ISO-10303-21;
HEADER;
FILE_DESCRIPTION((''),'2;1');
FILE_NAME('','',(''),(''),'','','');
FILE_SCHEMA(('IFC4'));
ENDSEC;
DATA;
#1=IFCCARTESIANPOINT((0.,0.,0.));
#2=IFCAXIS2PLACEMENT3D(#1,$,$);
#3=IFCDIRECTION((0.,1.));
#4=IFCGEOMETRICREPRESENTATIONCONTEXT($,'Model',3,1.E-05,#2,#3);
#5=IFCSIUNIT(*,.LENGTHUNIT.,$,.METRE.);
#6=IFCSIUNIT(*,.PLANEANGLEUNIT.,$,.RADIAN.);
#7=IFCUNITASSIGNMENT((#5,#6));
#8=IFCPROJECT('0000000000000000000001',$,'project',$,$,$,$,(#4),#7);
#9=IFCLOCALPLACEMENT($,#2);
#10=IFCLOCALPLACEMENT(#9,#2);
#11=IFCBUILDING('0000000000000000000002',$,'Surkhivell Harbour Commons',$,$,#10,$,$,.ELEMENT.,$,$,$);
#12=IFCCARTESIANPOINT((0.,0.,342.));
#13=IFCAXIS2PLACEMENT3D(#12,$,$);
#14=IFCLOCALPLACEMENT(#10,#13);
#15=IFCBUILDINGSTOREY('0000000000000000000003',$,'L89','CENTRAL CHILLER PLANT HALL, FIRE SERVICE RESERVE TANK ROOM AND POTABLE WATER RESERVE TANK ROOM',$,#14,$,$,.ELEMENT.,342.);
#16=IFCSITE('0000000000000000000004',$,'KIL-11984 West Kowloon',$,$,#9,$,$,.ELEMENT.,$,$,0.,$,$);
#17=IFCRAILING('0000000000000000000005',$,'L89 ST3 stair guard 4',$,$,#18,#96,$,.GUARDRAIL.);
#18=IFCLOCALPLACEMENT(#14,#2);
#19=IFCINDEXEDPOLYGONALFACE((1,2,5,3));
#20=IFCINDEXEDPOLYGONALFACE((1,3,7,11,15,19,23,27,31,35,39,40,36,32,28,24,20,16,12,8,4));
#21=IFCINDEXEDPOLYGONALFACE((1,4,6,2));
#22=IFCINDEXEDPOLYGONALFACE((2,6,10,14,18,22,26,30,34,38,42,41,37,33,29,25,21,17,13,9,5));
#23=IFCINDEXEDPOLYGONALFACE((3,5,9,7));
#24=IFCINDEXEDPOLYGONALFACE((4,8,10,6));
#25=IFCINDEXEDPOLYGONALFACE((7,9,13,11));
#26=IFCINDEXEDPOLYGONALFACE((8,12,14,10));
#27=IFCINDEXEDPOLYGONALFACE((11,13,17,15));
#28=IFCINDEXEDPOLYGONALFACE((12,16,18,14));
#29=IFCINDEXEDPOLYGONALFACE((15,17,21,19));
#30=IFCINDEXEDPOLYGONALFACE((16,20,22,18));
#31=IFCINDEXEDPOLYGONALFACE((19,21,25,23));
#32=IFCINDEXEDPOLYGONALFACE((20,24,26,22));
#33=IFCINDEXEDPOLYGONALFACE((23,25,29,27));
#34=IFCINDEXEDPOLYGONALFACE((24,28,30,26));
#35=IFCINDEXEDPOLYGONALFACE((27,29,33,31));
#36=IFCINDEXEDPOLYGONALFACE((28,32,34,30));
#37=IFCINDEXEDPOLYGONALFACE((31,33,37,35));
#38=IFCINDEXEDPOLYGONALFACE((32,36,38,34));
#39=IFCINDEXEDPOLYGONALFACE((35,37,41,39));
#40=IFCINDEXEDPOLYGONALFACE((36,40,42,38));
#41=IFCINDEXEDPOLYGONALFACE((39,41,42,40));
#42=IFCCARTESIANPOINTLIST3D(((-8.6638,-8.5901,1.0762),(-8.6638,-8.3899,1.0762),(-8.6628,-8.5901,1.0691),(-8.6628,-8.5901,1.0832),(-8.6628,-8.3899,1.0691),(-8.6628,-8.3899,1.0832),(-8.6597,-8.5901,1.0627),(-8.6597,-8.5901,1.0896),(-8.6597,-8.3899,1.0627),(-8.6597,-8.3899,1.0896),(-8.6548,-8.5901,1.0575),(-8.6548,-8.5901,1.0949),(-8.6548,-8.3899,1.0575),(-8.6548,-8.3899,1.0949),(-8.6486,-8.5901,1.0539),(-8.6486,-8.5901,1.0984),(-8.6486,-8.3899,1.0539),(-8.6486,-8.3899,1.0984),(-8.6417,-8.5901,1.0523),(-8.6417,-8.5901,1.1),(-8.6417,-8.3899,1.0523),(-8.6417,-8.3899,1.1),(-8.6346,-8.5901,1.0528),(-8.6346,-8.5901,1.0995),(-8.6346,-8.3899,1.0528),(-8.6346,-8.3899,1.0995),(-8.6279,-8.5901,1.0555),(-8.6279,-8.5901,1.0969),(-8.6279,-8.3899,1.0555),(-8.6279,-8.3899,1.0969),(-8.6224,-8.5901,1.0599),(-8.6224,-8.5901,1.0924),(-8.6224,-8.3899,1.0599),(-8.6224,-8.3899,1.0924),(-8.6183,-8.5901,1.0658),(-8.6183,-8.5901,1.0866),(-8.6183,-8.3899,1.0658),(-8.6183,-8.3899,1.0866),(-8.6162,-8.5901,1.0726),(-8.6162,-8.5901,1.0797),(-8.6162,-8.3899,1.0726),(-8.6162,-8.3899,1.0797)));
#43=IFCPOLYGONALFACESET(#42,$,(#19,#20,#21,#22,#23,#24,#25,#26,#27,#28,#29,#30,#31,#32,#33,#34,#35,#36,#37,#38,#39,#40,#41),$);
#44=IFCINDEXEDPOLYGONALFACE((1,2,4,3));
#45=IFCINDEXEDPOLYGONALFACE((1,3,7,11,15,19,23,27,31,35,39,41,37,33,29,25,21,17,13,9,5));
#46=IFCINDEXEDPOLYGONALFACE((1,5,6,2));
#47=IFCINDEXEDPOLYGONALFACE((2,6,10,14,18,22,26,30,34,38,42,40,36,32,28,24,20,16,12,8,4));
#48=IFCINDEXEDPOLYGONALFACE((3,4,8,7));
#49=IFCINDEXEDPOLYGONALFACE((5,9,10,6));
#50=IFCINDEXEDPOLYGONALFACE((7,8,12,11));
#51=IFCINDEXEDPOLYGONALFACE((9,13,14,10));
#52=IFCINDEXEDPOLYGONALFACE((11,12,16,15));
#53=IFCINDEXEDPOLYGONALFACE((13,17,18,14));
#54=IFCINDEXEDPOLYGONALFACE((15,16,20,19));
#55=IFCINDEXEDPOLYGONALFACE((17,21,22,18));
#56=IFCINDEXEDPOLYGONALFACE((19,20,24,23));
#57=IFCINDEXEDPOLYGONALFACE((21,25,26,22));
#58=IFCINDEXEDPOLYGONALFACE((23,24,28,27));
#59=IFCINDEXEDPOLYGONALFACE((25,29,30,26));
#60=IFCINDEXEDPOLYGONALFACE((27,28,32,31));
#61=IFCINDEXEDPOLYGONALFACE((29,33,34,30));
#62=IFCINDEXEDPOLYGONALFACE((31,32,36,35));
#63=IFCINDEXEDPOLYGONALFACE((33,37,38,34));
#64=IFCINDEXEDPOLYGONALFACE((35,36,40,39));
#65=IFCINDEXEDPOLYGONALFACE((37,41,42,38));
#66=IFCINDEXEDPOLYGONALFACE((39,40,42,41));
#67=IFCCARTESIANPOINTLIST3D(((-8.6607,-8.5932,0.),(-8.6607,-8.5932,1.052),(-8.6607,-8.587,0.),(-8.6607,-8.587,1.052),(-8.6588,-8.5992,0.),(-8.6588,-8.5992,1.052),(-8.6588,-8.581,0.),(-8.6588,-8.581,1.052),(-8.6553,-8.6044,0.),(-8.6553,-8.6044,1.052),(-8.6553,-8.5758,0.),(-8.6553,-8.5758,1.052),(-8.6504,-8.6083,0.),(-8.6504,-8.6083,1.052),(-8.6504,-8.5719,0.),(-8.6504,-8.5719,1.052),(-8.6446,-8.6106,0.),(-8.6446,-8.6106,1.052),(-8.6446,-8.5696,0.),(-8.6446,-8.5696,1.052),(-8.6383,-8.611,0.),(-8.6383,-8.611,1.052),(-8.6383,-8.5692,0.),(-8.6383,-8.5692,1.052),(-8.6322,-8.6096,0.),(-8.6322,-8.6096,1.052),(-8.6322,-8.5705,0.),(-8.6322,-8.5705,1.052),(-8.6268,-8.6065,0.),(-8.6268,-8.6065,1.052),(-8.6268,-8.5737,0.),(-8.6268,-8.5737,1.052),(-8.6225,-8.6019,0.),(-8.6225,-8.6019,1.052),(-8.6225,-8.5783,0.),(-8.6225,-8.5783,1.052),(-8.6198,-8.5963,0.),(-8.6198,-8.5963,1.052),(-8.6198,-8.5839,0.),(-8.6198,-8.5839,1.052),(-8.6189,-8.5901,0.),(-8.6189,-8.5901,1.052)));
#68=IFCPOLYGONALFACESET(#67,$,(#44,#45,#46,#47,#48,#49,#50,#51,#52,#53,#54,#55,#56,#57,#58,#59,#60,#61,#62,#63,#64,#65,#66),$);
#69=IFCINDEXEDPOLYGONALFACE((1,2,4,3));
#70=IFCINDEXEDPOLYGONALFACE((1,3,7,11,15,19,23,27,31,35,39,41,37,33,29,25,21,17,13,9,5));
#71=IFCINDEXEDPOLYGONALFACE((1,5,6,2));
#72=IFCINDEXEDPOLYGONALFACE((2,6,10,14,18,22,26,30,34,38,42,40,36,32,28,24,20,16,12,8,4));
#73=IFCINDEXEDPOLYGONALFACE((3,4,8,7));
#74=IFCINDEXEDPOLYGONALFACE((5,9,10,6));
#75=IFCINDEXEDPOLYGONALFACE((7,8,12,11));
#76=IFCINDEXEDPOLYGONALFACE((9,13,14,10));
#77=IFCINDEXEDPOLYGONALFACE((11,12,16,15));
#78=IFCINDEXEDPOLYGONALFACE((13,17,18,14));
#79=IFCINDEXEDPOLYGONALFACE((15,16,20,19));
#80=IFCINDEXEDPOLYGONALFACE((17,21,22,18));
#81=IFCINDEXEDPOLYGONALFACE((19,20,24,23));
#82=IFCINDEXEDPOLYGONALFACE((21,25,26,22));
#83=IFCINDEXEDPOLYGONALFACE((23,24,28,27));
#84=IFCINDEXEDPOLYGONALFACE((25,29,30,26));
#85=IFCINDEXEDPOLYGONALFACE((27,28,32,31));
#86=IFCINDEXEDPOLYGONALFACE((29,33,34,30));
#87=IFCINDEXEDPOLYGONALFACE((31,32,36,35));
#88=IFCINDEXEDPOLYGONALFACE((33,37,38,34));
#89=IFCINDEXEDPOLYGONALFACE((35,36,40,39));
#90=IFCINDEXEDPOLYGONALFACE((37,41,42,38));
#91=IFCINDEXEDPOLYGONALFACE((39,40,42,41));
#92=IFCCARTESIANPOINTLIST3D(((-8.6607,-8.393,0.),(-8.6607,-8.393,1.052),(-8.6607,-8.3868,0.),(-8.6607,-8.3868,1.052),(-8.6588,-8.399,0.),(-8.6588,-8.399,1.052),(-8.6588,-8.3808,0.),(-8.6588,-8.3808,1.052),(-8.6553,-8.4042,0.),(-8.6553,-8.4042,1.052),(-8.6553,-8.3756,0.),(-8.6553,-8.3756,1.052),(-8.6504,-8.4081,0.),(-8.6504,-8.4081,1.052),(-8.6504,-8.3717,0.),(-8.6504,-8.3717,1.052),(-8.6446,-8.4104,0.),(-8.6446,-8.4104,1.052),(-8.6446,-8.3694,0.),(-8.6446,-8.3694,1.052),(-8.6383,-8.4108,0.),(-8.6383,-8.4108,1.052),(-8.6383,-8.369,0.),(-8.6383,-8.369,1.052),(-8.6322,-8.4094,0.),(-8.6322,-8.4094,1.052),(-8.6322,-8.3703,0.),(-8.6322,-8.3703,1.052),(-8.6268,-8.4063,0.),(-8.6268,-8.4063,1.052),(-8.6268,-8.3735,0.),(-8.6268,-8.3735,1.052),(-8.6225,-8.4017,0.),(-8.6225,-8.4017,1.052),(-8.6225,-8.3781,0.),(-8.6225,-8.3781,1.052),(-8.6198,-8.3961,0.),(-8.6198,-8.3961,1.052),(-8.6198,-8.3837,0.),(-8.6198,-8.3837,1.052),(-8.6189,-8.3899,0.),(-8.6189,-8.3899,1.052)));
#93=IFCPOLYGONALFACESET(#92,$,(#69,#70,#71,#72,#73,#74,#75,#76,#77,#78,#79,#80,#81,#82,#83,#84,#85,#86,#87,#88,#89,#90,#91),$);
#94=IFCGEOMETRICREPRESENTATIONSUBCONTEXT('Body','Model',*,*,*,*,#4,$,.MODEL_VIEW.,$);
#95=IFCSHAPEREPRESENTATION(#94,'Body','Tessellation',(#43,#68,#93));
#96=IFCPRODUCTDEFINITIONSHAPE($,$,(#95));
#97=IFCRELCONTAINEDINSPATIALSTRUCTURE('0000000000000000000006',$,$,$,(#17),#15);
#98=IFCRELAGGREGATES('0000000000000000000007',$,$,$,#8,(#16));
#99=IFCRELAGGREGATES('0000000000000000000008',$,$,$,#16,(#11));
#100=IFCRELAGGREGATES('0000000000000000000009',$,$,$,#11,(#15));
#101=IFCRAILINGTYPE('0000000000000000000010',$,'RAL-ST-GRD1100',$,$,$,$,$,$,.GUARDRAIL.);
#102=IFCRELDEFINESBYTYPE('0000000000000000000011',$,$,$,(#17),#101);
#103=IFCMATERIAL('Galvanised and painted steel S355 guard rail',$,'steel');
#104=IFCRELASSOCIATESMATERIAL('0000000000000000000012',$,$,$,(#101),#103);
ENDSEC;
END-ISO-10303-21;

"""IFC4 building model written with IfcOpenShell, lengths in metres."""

from ifc_helpers import new_model, si_unit, direction, frame, origin, origin_2d, place, context, subcontext, project, spatial, circle, extrude, material, type_object, element, save


model = new_model("IFC4")

# Units and contexts
model_context = context("Model", 3, precision=1e-05, world=origin(), true_north=direction((0.0, 1.0)))
body_context = subcontext(model_context, "Body", "Model", "MODEL_VIEW")
ifc_project = project(units=[si_unit("LENGTHUNIT", "METRE"), si_unit("PLANEANGLEUNIT", "RADIAN")], contexts=[model_context])

# Site, building, storey
site_placement = place(None, origin())
site = spatial("IfcSite", under=ifc_project, at=site_placement, Name="KIL-11984 West Kowloon", CompositionType="ELEMENT", RefElevation=0.0)
building_placement = place(site_placement, origin())
building = spatial("IfcBuilding", under=site, at=building_placement, Name="Surkhivell Harbour Commons", CompositionType="ELEMENT")
storey_placement = place(building_placement, frame((0.0, 0.0, 342.0)))
storey = spatial("IfcBuildingStorey", under=building, at=storey_placement, Name="L89", Description="CENTRAL CHILLER PLANT HALL, FIRE SERVICE RESERVE TANK ROOM AND POTABLE WATER RESERVE TANK ROOM", CompositionType="ELEMENT", Elevation=342.0)

# Railing
ifc_material_1 = material(Name="Galvanised and painted steel S355 guard rail", Category="steel")
railing_type_1 = type_object("IfcRailingType", Name="RAL-ST-GRD1100", PredefinedType="GUARDRAIL", material=ifc_material_1)
railing_1_placement = place(storey_placement, frame((-8.6399, -8.5901, 0.0)))
element("IfcRailing", 1, at=railing_1_placement, inside=storey, type_object=railing_type_1, Name="L89 ST3 stair guard 4", PredefinedType="GUARDRAIL", context=body_context, shape_type="SweptSolid", body=[
    extrude(circle(Radius=0.0239, at=origin_2d()), frame((0.0, 0.0, 1.0762), z_axis=(0.0, 1.0, 0.0), x_axis=(-1.0, 0.0, 0.0)), (0.0, 0.0, 1.0), 0.2002),
    extrude(circle(Radius=0.021, at=origin_2d()), origin(), (0.0, 0.0, 1.0), 1.052),
    extrude(circle(Radius=0.021, at=origin_2d()), frame((0.0, 0.2002, 0.0)), (0.0, 0.0, 1.0), 1.052),
])

save(model, "model.ifc")
